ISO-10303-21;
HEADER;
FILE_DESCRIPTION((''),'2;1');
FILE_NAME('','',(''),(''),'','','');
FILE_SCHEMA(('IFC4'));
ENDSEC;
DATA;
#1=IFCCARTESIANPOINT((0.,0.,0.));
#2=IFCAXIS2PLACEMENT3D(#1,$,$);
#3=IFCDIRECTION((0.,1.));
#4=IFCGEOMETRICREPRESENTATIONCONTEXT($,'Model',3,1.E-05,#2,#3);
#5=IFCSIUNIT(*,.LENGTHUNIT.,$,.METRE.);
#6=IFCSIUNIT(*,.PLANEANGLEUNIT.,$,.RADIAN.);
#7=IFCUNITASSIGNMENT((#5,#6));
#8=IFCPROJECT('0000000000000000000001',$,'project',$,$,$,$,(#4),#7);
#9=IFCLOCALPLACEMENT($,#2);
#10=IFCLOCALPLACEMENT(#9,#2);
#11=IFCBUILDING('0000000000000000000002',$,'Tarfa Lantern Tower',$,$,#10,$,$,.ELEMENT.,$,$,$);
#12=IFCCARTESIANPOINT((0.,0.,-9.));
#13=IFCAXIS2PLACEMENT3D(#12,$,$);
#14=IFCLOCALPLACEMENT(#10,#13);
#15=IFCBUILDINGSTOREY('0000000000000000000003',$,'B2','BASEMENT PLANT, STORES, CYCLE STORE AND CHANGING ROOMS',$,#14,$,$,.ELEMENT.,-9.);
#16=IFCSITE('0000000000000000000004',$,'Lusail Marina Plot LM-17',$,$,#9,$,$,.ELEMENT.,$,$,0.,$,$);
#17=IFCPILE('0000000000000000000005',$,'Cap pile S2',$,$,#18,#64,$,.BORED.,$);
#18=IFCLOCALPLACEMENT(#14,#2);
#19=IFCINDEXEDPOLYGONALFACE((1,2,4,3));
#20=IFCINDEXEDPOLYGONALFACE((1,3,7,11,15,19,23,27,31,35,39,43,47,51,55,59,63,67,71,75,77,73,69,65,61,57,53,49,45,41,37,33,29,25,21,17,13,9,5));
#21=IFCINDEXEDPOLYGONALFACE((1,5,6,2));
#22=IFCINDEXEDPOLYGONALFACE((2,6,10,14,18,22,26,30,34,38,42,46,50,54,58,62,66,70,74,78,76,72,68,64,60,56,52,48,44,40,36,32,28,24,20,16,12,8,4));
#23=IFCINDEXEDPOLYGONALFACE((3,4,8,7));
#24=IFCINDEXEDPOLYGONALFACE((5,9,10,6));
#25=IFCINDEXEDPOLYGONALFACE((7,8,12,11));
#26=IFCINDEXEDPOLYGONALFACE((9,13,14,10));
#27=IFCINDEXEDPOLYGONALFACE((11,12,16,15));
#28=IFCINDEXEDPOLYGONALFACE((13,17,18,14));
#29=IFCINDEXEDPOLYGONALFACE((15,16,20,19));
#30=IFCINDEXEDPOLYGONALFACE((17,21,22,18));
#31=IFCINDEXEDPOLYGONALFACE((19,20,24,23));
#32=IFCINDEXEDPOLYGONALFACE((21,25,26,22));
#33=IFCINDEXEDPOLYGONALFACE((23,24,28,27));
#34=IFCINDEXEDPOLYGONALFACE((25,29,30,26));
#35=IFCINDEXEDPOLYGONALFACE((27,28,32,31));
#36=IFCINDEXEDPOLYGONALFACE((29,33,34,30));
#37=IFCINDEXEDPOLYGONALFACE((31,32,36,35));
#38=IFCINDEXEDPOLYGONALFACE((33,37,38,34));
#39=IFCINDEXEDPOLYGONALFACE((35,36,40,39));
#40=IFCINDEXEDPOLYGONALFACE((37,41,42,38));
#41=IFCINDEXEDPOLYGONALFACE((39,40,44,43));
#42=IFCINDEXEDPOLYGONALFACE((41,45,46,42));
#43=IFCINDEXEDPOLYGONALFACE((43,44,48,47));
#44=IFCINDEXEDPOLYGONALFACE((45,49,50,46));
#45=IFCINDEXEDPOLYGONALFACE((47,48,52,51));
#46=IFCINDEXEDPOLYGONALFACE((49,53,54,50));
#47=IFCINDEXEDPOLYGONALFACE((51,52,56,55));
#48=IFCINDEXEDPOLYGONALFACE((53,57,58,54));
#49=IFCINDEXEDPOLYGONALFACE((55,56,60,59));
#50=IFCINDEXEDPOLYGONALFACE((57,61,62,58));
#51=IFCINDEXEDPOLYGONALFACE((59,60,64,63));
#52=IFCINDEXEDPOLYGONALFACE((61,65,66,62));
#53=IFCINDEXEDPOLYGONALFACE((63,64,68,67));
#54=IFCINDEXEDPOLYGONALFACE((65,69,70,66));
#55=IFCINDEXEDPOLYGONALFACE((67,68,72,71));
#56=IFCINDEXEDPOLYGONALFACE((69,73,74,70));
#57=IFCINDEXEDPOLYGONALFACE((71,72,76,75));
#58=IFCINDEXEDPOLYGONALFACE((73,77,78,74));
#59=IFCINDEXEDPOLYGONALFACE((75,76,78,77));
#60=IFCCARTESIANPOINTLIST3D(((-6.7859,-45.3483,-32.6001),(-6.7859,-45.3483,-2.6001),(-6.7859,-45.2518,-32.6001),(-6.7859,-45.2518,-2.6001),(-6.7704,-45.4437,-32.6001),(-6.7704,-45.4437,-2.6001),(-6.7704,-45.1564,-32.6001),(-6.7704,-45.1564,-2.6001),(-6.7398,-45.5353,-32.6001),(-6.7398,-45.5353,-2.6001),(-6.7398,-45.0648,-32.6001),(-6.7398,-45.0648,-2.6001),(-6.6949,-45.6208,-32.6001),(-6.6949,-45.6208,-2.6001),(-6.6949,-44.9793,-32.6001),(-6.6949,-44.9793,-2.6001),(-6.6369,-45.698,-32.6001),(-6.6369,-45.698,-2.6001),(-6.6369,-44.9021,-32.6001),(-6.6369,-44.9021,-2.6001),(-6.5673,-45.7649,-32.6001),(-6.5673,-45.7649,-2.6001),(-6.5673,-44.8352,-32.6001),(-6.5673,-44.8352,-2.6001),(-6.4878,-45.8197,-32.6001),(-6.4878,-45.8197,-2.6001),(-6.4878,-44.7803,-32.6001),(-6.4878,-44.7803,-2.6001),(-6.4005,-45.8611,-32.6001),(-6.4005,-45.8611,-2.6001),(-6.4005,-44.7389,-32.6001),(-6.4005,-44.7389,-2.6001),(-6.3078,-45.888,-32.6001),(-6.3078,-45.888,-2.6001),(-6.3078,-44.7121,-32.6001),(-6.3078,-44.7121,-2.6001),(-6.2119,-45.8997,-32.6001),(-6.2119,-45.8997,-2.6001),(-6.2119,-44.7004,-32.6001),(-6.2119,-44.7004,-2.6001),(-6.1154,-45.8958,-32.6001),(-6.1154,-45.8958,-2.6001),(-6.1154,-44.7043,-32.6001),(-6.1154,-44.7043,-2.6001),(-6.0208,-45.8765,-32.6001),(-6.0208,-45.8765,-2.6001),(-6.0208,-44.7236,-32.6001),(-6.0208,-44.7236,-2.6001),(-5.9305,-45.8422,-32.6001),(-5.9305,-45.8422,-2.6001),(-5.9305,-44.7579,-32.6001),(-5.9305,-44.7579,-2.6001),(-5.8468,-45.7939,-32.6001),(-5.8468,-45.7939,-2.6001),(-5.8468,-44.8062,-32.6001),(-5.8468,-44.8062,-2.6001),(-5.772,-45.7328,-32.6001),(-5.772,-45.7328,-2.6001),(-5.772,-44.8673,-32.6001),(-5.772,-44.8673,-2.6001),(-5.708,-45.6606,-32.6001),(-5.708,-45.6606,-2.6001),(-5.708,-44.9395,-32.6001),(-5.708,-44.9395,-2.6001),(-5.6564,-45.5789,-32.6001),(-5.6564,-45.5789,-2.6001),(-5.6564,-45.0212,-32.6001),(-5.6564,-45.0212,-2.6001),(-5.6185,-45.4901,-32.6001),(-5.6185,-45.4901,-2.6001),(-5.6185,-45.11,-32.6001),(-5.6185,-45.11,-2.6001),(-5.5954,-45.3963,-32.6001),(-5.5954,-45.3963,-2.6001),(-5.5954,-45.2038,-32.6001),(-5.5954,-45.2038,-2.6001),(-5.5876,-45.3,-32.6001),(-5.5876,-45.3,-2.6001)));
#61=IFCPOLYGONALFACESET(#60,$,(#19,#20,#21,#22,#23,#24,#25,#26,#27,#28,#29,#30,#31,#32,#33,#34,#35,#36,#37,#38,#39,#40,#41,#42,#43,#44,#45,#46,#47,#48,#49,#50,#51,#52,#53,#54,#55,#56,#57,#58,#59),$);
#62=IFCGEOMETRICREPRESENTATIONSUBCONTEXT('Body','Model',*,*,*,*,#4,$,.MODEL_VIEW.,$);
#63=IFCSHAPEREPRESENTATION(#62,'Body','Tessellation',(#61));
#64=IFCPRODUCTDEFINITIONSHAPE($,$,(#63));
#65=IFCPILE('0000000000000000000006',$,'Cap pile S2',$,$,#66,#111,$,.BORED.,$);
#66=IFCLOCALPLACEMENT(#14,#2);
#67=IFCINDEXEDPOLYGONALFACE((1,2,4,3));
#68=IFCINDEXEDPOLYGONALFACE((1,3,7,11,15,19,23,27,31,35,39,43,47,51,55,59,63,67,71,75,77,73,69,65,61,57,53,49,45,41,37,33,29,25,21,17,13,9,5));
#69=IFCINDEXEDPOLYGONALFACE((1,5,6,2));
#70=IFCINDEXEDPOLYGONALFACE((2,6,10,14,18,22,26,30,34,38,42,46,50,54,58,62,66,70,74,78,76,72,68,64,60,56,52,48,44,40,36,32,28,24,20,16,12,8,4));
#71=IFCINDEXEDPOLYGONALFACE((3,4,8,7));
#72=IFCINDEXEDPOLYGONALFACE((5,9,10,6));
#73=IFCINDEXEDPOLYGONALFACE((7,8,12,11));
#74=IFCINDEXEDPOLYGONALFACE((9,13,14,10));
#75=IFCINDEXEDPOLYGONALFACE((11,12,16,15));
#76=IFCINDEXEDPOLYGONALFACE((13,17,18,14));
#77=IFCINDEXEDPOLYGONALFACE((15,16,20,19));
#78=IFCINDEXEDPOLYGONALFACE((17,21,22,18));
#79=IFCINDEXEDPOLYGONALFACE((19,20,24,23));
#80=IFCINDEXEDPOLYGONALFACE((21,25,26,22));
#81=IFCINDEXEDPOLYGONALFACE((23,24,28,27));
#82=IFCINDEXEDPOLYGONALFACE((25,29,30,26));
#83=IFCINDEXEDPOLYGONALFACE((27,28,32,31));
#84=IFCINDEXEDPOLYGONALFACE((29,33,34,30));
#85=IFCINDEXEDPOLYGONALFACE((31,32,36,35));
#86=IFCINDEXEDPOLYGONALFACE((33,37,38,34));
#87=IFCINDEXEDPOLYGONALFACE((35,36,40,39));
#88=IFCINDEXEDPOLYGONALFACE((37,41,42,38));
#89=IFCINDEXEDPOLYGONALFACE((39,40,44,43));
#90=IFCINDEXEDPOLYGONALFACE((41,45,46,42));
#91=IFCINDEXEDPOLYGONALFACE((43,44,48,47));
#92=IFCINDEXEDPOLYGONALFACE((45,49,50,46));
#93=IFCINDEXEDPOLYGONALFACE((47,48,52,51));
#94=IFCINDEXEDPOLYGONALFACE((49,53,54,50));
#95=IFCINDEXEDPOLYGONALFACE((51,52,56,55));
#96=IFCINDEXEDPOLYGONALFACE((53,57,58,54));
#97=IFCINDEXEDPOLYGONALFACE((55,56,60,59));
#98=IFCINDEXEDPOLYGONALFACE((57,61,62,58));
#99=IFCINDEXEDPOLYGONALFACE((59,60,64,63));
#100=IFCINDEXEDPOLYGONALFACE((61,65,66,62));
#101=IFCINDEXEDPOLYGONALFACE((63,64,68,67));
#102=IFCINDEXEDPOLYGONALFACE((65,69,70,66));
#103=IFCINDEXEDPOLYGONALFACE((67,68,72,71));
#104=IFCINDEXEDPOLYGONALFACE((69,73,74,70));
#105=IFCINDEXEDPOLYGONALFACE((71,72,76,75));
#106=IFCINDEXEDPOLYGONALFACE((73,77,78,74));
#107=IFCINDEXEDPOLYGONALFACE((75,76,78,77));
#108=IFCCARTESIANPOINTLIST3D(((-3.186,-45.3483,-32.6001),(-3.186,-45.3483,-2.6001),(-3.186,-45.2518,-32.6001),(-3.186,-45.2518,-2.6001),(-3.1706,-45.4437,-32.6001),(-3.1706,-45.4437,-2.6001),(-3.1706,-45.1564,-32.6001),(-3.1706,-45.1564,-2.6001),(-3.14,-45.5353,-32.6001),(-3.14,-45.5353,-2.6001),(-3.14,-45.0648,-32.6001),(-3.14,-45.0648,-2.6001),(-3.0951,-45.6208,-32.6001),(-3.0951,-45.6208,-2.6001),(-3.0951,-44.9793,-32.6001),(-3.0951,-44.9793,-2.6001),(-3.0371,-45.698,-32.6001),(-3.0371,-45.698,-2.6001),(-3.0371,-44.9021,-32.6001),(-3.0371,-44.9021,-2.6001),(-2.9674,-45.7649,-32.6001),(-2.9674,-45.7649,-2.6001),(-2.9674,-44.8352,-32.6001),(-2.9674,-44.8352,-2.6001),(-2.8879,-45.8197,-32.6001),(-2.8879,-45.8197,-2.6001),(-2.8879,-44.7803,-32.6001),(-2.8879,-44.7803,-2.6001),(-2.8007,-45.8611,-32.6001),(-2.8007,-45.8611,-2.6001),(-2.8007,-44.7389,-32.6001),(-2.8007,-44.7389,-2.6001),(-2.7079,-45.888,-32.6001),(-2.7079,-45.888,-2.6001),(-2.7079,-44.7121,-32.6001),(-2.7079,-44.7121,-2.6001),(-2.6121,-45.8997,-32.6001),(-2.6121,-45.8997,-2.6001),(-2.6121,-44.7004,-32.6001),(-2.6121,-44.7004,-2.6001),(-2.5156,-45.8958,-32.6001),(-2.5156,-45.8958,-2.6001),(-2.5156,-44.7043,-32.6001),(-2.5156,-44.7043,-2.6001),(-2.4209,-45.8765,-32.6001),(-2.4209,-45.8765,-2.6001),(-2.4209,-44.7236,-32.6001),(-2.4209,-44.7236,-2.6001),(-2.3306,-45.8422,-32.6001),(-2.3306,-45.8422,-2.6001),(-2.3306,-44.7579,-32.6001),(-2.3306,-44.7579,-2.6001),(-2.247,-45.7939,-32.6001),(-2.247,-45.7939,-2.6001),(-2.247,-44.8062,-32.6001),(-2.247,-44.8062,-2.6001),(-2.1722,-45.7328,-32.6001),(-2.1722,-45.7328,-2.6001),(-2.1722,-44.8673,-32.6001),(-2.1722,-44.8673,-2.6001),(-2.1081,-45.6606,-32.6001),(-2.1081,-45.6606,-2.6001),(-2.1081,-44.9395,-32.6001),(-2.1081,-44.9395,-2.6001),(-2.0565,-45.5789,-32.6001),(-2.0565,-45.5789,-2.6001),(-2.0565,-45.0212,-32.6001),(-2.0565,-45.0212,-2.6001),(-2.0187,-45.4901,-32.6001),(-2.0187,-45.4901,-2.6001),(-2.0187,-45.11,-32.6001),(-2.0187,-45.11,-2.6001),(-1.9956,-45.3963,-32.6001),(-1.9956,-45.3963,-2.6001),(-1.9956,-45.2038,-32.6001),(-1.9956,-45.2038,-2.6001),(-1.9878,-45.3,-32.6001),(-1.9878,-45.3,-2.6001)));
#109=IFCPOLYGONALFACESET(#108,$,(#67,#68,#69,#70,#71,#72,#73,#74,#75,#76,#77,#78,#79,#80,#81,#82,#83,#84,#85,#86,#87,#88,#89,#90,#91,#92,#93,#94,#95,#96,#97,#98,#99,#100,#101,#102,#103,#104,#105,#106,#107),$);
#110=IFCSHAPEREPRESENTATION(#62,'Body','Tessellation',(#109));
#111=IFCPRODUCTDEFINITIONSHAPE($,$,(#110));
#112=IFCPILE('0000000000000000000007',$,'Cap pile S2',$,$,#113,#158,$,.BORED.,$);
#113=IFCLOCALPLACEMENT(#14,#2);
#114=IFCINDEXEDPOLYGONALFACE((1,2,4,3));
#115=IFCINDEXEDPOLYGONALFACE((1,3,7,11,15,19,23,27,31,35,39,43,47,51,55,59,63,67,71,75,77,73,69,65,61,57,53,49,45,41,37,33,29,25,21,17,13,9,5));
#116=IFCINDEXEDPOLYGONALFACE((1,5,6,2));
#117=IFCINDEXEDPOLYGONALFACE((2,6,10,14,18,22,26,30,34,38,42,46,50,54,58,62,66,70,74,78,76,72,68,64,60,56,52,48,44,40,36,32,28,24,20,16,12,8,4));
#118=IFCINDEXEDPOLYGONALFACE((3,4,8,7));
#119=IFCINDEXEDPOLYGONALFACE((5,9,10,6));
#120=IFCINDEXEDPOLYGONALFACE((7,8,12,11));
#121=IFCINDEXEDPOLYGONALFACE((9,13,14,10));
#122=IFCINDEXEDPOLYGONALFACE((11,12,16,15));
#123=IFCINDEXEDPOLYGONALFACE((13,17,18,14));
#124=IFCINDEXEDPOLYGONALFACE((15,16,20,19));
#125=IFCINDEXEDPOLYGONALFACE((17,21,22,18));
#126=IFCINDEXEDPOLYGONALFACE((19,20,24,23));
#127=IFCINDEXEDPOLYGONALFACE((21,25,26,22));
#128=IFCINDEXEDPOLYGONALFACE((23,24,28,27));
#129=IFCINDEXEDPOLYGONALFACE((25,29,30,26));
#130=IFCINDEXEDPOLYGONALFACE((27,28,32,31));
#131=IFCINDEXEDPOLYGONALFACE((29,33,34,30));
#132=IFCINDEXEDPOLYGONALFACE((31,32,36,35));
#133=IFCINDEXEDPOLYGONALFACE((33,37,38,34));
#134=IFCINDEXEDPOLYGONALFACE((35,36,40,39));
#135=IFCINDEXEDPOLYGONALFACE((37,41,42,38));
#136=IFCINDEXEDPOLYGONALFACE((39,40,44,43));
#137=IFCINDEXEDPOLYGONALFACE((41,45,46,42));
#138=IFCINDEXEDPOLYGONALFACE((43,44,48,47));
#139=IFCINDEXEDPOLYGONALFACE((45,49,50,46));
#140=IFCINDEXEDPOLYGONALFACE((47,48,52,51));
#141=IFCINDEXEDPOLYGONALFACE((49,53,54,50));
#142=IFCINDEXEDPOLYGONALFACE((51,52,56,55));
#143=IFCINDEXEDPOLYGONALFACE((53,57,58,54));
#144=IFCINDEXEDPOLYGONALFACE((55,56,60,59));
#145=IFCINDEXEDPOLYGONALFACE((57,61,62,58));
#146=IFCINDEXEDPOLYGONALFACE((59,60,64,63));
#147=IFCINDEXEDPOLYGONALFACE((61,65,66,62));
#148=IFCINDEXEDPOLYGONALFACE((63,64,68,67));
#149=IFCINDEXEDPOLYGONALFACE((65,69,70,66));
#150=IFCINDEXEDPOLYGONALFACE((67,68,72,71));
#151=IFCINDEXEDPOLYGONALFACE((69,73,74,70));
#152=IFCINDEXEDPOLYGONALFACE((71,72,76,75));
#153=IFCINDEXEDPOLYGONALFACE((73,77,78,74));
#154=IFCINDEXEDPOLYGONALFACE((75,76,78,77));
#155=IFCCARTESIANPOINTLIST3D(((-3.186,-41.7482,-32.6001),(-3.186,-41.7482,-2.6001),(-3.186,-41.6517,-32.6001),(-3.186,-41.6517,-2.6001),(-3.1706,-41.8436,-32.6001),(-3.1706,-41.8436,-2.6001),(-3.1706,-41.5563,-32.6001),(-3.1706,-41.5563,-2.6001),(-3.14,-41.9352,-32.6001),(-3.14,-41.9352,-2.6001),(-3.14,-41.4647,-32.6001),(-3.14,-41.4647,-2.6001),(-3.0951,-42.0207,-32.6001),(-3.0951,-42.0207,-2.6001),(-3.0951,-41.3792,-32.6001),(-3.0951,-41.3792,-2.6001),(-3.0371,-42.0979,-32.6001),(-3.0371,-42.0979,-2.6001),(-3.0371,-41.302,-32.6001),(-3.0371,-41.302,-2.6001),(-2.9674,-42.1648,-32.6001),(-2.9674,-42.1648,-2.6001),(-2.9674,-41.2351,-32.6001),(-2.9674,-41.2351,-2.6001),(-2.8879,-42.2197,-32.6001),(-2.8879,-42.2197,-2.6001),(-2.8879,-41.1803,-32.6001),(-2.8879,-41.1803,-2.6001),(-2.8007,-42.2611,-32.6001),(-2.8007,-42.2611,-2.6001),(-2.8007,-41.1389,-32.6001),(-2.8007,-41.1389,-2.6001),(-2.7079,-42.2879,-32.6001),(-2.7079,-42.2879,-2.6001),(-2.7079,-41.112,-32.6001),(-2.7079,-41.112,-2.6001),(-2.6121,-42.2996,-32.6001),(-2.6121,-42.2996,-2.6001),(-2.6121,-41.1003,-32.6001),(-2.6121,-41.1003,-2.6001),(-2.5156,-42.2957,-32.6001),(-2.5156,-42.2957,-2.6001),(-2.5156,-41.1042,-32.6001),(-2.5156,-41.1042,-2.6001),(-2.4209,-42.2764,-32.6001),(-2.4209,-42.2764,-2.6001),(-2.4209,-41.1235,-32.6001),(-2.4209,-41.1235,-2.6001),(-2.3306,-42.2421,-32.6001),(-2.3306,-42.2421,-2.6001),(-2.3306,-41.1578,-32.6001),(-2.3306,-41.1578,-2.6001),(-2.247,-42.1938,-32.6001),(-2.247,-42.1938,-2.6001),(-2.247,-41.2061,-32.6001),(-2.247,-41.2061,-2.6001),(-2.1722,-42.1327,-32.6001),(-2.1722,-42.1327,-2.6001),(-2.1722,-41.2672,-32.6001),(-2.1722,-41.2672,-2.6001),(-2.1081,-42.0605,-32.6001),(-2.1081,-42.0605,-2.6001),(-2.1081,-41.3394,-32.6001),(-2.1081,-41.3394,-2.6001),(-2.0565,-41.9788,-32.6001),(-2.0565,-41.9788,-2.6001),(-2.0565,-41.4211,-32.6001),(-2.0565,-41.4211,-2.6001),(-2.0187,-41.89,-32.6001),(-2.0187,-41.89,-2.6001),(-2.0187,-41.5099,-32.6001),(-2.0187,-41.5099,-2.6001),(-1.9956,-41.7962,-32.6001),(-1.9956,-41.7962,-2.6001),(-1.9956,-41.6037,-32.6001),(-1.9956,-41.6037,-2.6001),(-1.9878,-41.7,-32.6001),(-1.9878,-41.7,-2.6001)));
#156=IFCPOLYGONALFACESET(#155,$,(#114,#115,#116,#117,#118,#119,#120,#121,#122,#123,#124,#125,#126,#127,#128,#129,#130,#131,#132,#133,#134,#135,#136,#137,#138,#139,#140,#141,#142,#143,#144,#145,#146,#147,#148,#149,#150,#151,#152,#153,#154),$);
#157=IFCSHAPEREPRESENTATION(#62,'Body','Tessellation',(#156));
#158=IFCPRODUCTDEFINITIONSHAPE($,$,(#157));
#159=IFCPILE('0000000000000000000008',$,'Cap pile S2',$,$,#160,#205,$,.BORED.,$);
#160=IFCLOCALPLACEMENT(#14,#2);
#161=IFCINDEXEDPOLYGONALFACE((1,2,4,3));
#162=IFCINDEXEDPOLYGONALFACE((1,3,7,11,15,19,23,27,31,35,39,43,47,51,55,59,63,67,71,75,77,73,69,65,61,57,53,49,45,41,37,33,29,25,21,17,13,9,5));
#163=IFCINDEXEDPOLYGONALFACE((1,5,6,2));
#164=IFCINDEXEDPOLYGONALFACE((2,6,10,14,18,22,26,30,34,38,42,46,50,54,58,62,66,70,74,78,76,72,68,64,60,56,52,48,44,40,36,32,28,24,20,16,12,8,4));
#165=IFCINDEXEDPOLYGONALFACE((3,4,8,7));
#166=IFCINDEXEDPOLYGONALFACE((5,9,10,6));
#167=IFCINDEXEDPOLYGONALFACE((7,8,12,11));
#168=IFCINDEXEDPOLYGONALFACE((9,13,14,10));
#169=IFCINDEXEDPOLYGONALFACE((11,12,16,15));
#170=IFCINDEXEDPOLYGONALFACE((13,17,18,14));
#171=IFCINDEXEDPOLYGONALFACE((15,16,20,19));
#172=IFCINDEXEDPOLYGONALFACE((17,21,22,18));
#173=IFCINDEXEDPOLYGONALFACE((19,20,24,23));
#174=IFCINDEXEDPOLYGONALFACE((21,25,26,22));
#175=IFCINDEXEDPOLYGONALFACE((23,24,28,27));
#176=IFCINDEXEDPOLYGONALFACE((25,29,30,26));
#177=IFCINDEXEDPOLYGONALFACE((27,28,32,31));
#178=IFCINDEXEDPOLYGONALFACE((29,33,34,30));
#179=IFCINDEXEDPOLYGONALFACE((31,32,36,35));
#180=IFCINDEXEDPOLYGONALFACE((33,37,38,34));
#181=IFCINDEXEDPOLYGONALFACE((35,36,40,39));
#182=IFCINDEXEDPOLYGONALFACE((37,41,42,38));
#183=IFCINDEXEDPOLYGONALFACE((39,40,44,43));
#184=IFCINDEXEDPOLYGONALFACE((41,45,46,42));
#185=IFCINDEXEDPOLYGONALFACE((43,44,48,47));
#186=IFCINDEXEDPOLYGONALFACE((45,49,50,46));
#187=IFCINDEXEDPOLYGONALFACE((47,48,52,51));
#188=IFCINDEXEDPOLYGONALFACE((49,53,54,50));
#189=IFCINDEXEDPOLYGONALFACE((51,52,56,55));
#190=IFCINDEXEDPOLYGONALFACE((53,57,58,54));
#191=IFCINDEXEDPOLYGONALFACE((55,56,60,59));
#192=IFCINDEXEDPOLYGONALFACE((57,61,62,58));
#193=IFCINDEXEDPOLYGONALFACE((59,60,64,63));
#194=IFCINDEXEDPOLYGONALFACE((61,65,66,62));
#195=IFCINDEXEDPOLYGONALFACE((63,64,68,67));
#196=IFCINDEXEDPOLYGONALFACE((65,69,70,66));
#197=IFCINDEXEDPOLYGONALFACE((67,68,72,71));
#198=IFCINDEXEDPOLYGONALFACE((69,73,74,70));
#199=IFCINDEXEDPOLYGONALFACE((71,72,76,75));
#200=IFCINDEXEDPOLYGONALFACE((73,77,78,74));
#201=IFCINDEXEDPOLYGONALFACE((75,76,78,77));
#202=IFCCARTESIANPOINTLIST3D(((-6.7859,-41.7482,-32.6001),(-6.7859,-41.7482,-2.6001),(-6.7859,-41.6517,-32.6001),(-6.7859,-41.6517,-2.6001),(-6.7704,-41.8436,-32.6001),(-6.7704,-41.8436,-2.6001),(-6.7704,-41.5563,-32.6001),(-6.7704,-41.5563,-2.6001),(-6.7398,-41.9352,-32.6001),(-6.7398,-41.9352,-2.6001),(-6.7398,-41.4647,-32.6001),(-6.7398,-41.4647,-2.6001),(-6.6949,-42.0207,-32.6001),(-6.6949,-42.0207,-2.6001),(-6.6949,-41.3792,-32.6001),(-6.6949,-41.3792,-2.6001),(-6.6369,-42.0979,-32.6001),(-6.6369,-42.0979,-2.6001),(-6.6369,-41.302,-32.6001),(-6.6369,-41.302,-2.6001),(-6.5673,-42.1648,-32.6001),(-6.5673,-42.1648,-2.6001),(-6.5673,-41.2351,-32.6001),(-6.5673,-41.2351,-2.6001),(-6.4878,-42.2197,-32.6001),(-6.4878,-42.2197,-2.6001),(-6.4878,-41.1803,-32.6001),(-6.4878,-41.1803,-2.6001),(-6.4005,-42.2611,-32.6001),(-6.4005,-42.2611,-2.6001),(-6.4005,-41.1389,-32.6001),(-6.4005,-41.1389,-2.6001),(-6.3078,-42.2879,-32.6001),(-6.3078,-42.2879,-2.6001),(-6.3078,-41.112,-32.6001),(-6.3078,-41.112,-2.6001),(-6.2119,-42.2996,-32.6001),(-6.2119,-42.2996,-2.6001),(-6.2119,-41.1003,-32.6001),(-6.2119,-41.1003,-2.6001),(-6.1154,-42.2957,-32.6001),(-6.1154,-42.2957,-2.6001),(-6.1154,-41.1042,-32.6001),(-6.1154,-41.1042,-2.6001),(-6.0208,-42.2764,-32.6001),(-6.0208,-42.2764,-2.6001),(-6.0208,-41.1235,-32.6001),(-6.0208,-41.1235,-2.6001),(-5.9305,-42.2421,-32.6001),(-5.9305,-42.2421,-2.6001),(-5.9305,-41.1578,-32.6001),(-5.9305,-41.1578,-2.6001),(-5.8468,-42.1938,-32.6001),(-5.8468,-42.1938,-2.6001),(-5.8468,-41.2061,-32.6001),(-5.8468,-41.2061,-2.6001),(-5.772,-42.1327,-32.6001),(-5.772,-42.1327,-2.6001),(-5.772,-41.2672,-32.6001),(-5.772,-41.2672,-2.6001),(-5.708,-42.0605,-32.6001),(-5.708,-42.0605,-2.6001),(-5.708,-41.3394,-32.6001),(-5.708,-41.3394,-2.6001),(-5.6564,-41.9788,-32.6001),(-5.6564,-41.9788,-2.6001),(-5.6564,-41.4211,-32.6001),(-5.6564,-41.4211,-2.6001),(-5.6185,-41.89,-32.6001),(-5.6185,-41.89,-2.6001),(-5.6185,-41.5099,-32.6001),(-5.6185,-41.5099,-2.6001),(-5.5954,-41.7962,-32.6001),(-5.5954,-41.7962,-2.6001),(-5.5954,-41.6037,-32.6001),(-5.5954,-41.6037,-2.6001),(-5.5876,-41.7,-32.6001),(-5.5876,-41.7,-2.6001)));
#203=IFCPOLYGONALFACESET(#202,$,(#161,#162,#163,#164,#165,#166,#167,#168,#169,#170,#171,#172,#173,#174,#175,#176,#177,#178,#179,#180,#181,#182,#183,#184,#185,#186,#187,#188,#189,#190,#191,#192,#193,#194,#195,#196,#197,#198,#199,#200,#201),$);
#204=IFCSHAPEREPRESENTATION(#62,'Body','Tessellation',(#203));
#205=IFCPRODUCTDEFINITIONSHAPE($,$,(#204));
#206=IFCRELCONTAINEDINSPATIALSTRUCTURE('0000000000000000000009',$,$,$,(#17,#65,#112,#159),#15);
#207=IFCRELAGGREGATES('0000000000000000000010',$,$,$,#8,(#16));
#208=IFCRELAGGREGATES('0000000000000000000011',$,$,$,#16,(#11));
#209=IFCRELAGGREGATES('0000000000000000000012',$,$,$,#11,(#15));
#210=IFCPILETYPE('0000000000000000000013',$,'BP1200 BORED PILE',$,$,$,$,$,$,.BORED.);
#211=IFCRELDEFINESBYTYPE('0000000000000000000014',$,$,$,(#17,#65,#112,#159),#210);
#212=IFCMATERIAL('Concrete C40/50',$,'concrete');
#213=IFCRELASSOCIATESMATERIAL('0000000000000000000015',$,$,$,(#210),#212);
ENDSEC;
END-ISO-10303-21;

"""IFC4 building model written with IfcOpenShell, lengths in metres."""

from ifc_helpers import new_model, si_unit, direction, frame, origin, origin_2d, place, context, subcontext, project, spatial, circle, extrude, material, material_profile, profile_set, type_object, element, save


model = new_model("IFC4")

# Units and contexts
model_context = context("Model", 3, precision=1e-05, world=origin(), true_north=direction((0.0, 1.0)))
body_context = subcontext(model_context, "Body", "Model", "MODEL_VIEW")
ifc_project = project(units=[si_unit("LENGTHUNIT", "METRE"), si_unit("PLANEANGLEUNIT", "RADIAN")], contexts=[model_context])

# Site, building, storey
site_placement = place(None, origin())
site = spatial("IfcSite", under=ifc_project, at=site_placement, Name="Lusail Marina Plot LM-17", CompositionType="ELEMENT", RefElevation=0.0)
building_placement = place(site_placement, origin())
building = spatial("IfcBuilding", under=site, at=building_placement, Name="Tarfa Lantern Tower", CompositionType="ELEMENT")
storey_placement = place(building_placement, frame((0.0, 0.0, -9.0)))
storey = spatial("IfcBuildingStorey", under=building, at=storey_placement, Name="B2", Description="BASEMENT PLANT, STORES, CYCLE STORE AND CHANGING ROOMS", CompositionType="ELEMENT", Elevation=-9.0)

# Piles
ifc_material_1 = material(Name="Concrete C40/50", Category="concrete")
ifc_material_profile_1 = material_profile(ifc_material_1, circle(Radius=0.6001, at=origin_2d()), Name="BORED PILE D1200")
ifc_profile_set_1 = profile_set([ifc_material_profile_1], Name="Concrete C40/50")
pile_type_1 = type_object("IfcPileType", Name="BP1200 BORED PILE", PredefinedType="BORED", material=ifc_profile_set_1)
for number, where, z_axis, x_axis, name in (
    (1, (-6.1877, -45.3, -2.6001), (0.0, 0.0, -1.0), (1.0, 0.0, 0.0), "Cap pile S2"),
    (2, (-2.5879, -45.3, -2.6001), (0.0, 0.0, -1.0), (1.0, 0.0, 0.0), "Cap pile S2"),
    (3, (-2.5879, -41.7, -2.6001), (0.0, 0.0, -1.0), (1.0, 0.0, 0.0), "Cap pile S2"),
    (4, (-6.1877, -41.7, -2.6001), (0.0, 0.0, -1.0), (1.0, 0.0, 0.0), "Cap pile S2"),
):
    element("IfcPile", number, at=place(storey_placement, frame(where, z_axis=z_axis, x_axis=x_axis)), inside=storey, type_object=pile_type_1, Name=name, PredefinedType="BORED", context=body_context, shape_type="SweptSolid", body=[
        extrude(circle(Radius=0.6001, at=origin_2d()), origin(), (0.0, 0.0, 1.0), 30.0),
    ])

save(model, "model.ifc")
